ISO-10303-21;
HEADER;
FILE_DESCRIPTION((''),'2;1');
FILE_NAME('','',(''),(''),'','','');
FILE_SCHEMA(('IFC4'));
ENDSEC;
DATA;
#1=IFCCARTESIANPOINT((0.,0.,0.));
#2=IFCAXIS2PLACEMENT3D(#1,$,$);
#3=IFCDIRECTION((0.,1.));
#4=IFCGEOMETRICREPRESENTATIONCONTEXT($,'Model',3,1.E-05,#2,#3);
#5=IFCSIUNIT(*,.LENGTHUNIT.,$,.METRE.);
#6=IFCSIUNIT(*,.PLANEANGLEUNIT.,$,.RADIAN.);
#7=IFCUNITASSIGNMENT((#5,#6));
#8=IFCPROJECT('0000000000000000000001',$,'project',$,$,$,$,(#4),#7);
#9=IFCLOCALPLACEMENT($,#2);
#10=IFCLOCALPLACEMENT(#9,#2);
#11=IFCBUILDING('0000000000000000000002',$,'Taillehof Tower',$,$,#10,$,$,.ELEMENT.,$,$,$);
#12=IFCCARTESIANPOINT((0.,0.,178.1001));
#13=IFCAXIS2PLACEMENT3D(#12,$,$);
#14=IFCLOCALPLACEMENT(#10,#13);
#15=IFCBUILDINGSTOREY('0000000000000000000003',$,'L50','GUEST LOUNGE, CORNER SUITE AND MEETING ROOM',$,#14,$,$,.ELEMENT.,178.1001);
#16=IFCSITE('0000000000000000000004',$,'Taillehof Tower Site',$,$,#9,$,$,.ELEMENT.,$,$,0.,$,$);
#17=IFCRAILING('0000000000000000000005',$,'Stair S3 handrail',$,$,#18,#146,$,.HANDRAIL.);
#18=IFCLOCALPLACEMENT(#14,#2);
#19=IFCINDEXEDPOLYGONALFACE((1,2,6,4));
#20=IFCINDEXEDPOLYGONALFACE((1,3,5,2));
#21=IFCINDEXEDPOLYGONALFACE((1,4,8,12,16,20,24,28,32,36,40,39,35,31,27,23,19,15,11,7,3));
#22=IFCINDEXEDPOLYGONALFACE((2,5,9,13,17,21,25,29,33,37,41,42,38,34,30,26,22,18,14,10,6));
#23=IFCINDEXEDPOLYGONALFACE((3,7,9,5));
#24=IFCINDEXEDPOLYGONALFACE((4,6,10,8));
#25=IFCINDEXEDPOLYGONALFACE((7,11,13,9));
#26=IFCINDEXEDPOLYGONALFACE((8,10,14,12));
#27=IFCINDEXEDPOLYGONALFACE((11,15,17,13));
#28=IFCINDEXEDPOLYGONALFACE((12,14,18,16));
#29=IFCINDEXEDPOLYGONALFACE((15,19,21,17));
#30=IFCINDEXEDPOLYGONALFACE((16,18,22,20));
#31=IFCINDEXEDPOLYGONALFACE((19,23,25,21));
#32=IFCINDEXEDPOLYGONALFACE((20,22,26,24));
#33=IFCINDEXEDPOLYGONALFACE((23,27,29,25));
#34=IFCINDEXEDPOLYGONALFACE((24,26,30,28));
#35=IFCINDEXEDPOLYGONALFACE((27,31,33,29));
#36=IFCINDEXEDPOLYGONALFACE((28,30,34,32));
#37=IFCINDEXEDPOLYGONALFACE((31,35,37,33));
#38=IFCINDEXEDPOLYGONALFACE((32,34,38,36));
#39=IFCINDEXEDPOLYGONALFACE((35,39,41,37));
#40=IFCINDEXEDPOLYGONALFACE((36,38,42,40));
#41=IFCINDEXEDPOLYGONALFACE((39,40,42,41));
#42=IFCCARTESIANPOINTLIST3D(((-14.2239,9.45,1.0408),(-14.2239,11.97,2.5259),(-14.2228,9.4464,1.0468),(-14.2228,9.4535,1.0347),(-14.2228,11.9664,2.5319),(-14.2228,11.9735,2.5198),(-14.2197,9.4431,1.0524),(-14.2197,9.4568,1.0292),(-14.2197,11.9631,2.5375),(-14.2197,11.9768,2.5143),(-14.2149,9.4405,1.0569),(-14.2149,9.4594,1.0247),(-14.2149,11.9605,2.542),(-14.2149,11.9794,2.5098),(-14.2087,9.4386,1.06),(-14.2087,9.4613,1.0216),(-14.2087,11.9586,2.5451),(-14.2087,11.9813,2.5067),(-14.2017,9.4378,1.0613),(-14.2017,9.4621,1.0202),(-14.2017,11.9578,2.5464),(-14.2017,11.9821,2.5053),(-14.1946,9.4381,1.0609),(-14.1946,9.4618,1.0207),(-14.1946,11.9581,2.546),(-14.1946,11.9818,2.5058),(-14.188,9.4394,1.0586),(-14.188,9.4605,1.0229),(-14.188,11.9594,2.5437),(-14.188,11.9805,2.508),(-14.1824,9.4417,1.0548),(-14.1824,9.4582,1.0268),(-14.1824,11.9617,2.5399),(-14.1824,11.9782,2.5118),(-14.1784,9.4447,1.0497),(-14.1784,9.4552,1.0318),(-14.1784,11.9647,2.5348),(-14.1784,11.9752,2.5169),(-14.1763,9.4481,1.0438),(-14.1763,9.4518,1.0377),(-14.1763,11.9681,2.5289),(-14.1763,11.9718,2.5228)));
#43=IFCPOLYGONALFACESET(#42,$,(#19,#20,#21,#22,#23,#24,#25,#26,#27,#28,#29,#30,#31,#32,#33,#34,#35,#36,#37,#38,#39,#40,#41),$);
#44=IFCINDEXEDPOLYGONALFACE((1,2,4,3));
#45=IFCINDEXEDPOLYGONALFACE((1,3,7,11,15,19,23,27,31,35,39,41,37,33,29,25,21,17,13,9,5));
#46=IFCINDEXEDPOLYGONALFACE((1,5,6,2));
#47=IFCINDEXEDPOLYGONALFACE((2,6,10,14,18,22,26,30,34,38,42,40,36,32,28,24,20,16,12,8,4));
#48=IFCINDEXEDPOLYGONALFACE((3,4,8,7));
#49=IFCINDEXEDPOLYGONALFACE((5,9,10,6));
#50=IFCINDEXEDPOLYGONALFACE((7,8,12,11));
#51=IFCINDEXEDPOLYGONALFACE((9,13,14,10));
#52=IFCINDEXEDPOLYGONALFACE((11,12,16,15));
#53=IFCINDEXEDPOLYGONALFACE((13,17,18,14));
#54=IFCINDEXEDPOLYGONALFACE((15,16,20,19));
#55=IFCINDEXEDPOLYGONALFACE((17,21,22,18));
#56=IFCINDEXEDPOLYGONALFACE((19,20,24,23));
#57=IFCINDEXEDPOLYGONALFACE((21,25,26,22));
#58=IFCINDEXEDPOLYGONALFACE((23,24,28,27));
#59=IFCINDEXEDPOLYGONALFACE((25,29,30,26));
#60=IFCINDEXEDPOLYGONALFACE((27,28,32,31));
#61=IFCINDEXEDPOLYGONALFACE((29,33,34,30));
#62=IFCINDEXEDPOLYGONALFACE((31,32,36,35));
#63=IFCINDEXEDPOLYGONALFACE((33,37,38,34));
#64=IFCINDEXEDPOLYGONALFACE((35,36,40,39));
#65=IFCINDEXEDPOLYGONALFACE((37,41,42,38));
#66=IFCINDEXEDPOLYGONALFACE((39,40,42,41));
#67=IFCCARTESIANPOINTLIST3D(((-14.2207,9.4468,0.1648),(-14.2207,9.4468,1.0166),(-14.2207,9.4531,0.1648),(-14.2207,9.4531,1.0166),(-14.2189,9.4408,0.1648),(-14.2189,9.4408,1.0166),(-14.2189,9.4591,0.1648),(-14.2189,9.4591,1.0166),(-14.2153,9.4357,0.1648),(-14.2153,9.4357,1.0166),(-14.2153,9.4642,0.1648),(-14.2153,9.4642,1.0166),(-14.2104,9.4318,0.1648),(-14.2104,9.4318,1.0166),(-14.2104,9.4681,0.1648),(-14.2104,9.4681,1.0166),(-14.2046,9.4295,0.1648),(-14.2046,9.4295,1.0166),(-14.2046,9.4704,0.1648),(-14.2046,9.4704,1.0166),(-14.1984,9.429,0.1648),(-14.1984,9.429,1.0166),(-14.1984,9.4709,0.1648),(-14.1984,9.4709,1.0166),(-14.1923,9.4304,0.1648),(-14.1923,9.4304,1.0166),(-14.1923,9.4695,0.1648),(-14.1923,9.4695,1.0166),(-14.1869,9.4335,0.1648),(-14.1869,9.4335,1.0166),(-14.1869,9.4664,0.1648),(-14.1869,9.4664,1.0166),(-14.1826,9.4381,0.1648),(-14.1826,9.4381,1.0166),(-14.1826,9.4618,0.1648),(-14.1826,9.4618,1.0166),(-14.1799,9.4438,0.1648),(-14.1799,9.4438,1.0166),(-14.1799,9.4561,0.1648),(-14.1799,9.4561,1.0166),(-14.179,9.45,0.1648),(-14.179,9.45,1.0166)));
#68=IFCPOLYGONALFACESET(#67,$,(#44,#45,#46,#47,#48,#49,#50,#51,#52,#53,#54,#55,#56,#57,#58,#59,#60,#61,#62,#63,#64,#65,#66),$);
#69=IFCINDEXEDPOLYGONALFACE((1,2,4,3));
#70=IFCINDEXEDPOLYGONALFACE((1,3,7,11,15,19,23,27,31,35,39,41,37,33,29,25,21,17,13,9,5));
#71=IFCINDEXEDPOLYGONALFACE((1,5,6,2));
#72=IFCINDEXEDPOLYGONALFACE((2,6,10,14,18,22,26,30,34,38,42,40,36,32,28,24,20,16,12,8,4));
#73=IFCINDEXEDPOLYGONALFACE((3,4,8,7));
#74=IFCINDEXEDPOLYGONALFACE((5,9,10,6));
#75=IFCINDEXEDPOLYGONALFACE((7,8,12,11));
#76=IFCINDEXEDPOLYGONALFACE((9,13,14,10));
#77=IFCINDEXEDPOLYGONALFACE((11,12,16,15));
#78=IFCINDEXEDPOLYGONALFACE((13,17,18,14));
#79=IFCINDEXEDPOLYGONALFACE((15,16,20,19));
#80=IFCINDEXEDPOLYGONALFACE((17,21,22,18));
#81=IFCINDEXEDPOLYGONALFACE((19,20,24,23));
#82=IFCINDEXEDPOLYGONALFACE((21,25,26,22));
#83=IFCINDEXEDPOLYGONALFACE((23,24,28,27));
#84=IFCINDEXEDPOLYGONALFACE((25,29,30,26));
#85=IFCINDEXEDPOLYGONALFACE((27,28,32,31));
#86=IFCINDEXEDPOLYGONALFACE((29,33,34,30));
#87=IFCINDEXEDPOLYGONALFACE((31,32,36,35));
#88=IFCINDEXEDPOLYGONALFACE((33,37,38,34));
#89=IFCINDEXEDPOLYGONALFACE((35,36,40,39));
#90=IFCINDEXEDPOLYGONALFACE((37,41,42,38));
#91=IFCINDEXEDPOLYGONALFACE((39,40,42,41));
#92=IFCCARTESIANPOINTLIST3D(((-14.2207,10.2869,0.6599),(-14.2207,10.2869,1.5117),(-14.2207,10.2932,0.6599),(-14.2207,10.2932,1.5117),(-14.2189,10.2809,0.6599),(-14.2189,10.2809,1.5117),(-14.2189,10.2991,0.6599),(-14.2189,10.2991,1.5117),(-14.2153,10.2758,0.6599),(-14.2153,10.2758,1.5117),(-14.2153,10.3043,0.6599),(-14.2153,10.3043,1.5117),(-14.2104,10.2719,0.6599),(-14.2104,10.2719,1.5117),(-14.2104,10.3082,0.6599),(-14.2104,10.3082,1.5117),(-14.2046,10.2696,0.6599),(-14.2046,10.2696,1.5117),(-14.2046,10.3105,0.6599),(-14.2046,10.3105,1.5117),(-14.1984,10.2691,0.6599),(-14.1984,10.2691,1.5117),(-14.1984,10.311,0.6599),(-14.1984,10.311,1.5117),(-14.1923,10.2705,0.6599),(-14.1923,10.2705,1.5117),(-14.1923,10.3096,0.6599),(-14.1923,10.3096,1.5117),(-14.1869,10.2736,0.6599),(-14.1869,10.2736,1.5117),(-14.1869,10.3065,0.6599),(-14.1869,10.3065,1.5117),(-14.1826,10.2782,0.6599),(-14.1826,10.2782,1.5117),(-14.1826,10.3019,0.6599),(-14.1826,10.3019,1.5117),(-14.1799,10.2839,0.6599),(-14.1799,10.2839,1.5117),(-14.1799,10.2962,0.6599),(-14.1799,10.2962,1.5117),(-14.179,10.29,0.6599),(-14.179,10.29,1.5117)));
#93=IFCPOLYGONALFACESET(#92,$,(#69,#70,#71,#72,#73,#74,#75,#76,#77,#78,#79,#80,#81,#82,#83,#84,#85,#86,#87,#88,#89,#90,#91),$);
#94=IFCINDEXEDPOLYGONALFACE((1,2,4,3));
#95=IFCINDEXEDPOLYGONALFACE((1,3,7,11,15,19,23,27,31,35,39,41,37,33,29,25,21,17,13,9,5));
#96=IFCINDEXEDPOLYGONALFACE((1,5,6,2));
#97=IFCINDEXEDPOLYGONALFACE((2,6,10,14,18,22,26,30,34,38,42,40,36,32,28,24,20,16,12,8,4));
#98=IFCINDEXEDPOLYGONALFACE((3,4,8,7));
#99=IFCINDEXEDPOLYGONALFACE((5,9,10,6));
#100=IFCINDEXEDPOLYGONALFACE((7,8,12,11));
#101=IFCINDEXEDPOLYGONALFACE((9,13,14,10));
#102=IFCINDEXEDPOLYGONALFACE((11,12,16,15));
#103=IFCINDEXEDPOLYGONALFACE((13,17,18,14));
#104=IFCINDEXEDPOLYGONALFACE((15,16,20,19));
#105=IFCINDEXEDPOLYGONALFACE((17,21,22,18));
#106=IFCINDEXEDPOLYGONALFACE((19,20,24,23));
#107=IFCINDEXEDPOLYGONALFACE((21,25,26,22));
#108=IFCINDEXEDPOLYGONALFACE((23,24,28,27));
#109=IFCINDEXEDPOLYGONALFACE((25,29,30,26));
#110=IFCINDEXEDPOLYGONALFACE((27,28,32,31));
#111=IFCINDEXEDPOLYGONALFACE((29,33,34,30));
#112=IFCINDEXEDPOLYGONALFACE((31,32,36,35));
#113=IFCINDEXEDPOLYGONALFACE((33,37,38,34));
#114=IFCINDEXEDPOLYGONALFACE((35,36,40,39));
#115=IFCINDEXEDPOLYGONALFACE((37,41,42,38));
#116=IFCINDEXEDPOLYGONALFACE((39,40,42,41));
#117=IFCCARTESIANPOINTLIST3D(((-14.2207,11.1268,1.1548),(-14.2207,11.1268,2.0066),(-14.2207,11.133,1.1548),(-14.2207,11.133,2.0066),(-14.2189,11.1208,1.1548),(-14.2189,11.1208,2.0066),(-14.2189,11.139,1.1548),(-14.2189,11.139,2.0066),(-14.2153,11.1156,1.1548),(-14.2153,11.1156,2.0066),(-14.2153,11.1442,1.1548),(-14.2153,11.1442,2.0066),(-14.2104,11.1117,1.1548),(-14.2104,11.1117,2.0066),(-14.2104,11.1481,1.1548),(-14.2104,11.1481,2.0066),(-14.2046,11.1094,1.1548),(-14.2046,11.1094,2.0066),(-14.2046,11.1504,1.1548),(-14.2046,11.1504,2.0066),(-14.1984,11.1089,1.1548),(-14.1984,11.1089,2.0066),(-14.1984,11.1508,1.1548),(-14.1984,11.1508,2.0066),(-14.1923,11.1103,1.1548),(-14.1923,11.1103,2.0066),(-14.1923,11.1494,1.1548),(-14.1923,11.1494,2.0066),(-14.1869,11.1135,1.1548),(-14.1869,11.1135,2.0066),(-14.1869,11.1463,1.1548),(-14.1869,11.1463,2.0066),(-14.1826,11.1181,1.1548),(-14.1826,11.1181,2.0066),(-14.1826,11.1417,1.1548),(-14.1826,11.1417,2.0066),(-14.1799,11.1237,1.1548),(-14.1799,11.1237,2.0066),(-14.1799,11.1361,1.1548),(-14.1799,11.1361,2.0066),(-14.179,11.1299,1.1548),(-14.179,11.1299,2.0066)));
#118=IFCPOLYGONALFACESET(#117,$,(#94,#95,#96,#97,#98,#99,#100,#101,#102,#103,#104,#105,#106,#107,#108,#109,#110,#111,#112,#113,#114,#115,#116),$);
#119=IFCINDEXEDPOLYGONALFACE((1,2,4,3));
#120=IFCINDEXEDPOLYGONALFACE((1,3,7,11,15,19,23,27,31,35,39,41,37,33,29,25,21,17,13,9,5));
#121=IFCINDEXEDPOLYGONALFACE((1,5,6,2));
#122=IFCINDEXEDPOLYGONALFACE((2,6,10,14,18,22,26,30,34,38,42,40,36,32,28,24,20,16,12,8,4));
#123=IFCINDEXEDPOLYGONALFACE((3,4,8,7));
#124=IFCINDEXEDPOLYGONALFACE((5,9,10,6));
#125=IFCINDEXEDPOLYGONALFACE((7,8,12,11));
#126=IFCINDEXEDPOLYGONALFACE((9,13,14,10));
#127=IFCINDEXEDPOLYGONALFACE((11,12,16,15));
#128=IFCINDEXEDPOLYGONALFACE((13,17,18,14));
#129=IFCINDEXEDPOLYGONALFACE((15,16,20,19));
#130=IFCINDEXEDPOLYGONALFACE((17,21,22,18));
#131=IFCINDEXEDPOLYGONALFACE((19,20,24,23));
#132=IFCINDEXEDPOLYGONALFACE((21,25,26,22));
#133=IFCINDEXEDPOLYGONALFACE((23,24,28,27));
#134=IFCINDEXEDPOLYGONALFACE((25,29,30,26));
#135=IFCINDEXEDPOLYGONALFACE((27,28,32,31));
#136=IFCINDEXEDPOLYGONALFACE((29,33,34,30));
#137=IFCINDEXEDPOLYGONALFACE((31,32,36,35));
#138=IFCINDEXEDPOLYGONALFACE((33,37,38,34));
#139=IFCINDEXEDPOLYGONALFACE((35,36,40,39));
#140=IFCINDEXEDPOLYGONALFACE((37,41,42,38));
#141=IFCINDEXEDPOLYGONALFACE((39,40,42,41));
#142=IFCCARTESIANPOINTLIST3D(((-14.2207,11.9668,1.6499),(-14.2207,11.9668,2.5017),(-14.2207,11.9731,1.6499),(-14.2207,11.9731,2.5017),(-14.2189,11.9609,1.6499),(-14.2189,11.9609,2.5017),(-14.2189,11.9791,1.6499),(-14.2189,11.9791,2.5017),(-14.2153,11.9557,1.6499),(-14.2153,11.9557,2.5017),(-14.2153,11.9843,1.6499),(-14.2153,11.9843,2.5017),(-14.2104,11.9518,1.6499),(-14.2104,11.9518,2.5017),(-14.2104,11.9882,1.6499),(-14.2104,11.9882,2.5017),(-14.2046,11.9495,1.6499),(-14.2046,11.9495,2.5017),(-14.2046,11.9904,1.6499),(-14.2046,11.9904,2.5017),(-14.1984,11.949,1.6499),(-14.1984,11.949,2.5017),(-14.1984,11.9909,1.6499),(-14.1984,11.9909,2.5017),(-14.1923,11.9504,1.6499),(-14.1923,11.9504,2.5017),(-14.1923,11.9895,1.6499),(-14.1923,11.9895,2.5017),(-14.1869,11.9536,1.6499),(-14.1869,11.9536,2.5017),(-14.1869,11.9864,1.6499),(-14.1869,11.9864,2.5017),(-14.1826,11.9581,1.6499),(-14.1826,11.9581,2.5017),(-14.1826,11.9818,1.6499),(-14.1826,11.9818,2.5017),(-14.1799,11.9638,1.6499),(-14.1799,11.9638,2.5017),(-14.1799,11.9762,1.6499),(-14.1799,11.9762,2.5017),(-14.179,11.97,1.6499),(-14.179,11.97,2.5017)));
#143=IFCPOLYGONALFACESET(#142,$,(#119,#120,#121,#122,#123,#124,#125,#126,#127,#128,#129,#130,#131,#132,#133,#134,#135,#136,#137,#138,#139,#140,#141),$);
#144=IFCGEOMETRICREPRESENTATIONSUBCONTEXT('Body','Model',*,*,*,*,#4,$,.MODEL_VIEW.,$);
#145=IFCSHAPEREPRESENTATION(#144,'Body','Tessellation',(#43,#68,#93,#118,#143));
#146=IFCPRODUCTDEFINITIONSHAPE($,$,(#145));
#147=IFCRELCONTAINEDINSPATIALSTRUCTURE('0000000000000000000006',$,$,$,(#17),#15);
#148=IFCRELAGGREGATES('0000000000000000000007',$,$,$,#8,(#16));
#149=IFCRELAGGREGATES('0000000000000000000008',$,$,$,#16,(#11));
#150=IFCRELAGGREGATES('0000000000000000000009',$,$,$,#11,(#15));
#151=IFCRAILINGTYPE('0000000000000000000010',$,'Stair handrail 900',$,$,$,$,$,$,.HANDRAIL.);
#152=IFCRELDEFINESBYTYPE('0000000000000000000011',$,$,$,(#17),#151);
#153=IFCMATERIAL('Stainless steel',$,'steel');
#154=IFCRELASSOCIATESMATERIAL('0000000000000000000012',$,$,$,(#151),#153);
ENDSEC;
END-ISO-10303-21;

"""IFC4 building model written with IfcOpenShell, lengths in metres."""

from ifc_helpers import new_model, si_unit, direction, frame, origin, origin_2d, place, context, subcontext, project, spatial, circle, extrude, material, type_object, element, save


model = new_model("IFC4")

# Units and contexts
model_context = context("Model", 3, precision=1e-05, world=origin(), true_north=direction((0.0, 1.0)))
body_context = subcontext(model_context, "Body", "Model", "MODEL_VIEW")
ifc_project = project(units=[si_unit("LENGTHUNIT", "METRE"), si_unit("PLANEANGLEUNIT", "RADIAN")], contexts=[model_context])

# Site, building, storey
site_placement = place(None, origin())
site = spatial("IfcSite", under=ifc_project, at=site_placement, Name="Taillehof Tower Site", CompositionType="ELEMENT", RefElevation=0.0)
building_placement = place(site_placement, origin())
building = spatial("IfcBuilding", under=site, at=building_placement, Name="Taillehof Tower", CompositionType="ELEMENT")
storey_placement = place(building_placement, frame((0.0, 0.0, 178.1001)))
storey = spatial("IfcBuildingStorey", under=building, at=storey_placement, Name="L50", Description="GUEST LOUNGE, CORNER SUITE AND MEETING ROOM", CompositionType="ELEMENT", Elevation=178.1001)

# Railing
ifc_material_1 = material(Name="Stainless steel", Category="steel")
railing_type = type_object("IfcRailingType", Name="Stair handrail 900", PredefinedType="HANDRAIL", material=ifc_material_1)
railing_placement = place(storey_placement, frame((-14.2, 9.45, 0.1648)))
element("IfcRailing", 1, at=railing_placement, inside=storey, type_object=railing_type, Name="Stair S3 handrail", PredefinedType="HANDRAIL", context=body_context, shape_type="SweptSolid", body=[
    extrude(circle(Radius=0.0239, at=origin_2d()), frame((0.0, 0.0, 0.876), z_axis=(0.0, 0.861524, 0.507717), x_axis=(-1.0, 0.0, 0.0)), (0.0, 0.0, 1.0), 2.925),
    extrude(circle(Radius=0.021, at=origin_2d()), origin(), (0.0, 0.0, 1.0), 0.8518),
    extrude(circle(Radius=0.021, at=origin_2d()), frame((0.0, 0.8401, 0.4951)), (0.0, 0.0, 1.0), 0.8518),
    extrude(circle(Radius=0.021, at=origin_2d()), frame((0.0, 1.6799, 0.99)), (0.0, 0.0, 1.0), 0.8518),
    extrude(circle(Radius=0.021, at=origin_2d()), frame((0.0, 2.52, 1.4851)), (0.0, 0.0, 1.0), 0.8518),
])

save(model, "model.ifc")
